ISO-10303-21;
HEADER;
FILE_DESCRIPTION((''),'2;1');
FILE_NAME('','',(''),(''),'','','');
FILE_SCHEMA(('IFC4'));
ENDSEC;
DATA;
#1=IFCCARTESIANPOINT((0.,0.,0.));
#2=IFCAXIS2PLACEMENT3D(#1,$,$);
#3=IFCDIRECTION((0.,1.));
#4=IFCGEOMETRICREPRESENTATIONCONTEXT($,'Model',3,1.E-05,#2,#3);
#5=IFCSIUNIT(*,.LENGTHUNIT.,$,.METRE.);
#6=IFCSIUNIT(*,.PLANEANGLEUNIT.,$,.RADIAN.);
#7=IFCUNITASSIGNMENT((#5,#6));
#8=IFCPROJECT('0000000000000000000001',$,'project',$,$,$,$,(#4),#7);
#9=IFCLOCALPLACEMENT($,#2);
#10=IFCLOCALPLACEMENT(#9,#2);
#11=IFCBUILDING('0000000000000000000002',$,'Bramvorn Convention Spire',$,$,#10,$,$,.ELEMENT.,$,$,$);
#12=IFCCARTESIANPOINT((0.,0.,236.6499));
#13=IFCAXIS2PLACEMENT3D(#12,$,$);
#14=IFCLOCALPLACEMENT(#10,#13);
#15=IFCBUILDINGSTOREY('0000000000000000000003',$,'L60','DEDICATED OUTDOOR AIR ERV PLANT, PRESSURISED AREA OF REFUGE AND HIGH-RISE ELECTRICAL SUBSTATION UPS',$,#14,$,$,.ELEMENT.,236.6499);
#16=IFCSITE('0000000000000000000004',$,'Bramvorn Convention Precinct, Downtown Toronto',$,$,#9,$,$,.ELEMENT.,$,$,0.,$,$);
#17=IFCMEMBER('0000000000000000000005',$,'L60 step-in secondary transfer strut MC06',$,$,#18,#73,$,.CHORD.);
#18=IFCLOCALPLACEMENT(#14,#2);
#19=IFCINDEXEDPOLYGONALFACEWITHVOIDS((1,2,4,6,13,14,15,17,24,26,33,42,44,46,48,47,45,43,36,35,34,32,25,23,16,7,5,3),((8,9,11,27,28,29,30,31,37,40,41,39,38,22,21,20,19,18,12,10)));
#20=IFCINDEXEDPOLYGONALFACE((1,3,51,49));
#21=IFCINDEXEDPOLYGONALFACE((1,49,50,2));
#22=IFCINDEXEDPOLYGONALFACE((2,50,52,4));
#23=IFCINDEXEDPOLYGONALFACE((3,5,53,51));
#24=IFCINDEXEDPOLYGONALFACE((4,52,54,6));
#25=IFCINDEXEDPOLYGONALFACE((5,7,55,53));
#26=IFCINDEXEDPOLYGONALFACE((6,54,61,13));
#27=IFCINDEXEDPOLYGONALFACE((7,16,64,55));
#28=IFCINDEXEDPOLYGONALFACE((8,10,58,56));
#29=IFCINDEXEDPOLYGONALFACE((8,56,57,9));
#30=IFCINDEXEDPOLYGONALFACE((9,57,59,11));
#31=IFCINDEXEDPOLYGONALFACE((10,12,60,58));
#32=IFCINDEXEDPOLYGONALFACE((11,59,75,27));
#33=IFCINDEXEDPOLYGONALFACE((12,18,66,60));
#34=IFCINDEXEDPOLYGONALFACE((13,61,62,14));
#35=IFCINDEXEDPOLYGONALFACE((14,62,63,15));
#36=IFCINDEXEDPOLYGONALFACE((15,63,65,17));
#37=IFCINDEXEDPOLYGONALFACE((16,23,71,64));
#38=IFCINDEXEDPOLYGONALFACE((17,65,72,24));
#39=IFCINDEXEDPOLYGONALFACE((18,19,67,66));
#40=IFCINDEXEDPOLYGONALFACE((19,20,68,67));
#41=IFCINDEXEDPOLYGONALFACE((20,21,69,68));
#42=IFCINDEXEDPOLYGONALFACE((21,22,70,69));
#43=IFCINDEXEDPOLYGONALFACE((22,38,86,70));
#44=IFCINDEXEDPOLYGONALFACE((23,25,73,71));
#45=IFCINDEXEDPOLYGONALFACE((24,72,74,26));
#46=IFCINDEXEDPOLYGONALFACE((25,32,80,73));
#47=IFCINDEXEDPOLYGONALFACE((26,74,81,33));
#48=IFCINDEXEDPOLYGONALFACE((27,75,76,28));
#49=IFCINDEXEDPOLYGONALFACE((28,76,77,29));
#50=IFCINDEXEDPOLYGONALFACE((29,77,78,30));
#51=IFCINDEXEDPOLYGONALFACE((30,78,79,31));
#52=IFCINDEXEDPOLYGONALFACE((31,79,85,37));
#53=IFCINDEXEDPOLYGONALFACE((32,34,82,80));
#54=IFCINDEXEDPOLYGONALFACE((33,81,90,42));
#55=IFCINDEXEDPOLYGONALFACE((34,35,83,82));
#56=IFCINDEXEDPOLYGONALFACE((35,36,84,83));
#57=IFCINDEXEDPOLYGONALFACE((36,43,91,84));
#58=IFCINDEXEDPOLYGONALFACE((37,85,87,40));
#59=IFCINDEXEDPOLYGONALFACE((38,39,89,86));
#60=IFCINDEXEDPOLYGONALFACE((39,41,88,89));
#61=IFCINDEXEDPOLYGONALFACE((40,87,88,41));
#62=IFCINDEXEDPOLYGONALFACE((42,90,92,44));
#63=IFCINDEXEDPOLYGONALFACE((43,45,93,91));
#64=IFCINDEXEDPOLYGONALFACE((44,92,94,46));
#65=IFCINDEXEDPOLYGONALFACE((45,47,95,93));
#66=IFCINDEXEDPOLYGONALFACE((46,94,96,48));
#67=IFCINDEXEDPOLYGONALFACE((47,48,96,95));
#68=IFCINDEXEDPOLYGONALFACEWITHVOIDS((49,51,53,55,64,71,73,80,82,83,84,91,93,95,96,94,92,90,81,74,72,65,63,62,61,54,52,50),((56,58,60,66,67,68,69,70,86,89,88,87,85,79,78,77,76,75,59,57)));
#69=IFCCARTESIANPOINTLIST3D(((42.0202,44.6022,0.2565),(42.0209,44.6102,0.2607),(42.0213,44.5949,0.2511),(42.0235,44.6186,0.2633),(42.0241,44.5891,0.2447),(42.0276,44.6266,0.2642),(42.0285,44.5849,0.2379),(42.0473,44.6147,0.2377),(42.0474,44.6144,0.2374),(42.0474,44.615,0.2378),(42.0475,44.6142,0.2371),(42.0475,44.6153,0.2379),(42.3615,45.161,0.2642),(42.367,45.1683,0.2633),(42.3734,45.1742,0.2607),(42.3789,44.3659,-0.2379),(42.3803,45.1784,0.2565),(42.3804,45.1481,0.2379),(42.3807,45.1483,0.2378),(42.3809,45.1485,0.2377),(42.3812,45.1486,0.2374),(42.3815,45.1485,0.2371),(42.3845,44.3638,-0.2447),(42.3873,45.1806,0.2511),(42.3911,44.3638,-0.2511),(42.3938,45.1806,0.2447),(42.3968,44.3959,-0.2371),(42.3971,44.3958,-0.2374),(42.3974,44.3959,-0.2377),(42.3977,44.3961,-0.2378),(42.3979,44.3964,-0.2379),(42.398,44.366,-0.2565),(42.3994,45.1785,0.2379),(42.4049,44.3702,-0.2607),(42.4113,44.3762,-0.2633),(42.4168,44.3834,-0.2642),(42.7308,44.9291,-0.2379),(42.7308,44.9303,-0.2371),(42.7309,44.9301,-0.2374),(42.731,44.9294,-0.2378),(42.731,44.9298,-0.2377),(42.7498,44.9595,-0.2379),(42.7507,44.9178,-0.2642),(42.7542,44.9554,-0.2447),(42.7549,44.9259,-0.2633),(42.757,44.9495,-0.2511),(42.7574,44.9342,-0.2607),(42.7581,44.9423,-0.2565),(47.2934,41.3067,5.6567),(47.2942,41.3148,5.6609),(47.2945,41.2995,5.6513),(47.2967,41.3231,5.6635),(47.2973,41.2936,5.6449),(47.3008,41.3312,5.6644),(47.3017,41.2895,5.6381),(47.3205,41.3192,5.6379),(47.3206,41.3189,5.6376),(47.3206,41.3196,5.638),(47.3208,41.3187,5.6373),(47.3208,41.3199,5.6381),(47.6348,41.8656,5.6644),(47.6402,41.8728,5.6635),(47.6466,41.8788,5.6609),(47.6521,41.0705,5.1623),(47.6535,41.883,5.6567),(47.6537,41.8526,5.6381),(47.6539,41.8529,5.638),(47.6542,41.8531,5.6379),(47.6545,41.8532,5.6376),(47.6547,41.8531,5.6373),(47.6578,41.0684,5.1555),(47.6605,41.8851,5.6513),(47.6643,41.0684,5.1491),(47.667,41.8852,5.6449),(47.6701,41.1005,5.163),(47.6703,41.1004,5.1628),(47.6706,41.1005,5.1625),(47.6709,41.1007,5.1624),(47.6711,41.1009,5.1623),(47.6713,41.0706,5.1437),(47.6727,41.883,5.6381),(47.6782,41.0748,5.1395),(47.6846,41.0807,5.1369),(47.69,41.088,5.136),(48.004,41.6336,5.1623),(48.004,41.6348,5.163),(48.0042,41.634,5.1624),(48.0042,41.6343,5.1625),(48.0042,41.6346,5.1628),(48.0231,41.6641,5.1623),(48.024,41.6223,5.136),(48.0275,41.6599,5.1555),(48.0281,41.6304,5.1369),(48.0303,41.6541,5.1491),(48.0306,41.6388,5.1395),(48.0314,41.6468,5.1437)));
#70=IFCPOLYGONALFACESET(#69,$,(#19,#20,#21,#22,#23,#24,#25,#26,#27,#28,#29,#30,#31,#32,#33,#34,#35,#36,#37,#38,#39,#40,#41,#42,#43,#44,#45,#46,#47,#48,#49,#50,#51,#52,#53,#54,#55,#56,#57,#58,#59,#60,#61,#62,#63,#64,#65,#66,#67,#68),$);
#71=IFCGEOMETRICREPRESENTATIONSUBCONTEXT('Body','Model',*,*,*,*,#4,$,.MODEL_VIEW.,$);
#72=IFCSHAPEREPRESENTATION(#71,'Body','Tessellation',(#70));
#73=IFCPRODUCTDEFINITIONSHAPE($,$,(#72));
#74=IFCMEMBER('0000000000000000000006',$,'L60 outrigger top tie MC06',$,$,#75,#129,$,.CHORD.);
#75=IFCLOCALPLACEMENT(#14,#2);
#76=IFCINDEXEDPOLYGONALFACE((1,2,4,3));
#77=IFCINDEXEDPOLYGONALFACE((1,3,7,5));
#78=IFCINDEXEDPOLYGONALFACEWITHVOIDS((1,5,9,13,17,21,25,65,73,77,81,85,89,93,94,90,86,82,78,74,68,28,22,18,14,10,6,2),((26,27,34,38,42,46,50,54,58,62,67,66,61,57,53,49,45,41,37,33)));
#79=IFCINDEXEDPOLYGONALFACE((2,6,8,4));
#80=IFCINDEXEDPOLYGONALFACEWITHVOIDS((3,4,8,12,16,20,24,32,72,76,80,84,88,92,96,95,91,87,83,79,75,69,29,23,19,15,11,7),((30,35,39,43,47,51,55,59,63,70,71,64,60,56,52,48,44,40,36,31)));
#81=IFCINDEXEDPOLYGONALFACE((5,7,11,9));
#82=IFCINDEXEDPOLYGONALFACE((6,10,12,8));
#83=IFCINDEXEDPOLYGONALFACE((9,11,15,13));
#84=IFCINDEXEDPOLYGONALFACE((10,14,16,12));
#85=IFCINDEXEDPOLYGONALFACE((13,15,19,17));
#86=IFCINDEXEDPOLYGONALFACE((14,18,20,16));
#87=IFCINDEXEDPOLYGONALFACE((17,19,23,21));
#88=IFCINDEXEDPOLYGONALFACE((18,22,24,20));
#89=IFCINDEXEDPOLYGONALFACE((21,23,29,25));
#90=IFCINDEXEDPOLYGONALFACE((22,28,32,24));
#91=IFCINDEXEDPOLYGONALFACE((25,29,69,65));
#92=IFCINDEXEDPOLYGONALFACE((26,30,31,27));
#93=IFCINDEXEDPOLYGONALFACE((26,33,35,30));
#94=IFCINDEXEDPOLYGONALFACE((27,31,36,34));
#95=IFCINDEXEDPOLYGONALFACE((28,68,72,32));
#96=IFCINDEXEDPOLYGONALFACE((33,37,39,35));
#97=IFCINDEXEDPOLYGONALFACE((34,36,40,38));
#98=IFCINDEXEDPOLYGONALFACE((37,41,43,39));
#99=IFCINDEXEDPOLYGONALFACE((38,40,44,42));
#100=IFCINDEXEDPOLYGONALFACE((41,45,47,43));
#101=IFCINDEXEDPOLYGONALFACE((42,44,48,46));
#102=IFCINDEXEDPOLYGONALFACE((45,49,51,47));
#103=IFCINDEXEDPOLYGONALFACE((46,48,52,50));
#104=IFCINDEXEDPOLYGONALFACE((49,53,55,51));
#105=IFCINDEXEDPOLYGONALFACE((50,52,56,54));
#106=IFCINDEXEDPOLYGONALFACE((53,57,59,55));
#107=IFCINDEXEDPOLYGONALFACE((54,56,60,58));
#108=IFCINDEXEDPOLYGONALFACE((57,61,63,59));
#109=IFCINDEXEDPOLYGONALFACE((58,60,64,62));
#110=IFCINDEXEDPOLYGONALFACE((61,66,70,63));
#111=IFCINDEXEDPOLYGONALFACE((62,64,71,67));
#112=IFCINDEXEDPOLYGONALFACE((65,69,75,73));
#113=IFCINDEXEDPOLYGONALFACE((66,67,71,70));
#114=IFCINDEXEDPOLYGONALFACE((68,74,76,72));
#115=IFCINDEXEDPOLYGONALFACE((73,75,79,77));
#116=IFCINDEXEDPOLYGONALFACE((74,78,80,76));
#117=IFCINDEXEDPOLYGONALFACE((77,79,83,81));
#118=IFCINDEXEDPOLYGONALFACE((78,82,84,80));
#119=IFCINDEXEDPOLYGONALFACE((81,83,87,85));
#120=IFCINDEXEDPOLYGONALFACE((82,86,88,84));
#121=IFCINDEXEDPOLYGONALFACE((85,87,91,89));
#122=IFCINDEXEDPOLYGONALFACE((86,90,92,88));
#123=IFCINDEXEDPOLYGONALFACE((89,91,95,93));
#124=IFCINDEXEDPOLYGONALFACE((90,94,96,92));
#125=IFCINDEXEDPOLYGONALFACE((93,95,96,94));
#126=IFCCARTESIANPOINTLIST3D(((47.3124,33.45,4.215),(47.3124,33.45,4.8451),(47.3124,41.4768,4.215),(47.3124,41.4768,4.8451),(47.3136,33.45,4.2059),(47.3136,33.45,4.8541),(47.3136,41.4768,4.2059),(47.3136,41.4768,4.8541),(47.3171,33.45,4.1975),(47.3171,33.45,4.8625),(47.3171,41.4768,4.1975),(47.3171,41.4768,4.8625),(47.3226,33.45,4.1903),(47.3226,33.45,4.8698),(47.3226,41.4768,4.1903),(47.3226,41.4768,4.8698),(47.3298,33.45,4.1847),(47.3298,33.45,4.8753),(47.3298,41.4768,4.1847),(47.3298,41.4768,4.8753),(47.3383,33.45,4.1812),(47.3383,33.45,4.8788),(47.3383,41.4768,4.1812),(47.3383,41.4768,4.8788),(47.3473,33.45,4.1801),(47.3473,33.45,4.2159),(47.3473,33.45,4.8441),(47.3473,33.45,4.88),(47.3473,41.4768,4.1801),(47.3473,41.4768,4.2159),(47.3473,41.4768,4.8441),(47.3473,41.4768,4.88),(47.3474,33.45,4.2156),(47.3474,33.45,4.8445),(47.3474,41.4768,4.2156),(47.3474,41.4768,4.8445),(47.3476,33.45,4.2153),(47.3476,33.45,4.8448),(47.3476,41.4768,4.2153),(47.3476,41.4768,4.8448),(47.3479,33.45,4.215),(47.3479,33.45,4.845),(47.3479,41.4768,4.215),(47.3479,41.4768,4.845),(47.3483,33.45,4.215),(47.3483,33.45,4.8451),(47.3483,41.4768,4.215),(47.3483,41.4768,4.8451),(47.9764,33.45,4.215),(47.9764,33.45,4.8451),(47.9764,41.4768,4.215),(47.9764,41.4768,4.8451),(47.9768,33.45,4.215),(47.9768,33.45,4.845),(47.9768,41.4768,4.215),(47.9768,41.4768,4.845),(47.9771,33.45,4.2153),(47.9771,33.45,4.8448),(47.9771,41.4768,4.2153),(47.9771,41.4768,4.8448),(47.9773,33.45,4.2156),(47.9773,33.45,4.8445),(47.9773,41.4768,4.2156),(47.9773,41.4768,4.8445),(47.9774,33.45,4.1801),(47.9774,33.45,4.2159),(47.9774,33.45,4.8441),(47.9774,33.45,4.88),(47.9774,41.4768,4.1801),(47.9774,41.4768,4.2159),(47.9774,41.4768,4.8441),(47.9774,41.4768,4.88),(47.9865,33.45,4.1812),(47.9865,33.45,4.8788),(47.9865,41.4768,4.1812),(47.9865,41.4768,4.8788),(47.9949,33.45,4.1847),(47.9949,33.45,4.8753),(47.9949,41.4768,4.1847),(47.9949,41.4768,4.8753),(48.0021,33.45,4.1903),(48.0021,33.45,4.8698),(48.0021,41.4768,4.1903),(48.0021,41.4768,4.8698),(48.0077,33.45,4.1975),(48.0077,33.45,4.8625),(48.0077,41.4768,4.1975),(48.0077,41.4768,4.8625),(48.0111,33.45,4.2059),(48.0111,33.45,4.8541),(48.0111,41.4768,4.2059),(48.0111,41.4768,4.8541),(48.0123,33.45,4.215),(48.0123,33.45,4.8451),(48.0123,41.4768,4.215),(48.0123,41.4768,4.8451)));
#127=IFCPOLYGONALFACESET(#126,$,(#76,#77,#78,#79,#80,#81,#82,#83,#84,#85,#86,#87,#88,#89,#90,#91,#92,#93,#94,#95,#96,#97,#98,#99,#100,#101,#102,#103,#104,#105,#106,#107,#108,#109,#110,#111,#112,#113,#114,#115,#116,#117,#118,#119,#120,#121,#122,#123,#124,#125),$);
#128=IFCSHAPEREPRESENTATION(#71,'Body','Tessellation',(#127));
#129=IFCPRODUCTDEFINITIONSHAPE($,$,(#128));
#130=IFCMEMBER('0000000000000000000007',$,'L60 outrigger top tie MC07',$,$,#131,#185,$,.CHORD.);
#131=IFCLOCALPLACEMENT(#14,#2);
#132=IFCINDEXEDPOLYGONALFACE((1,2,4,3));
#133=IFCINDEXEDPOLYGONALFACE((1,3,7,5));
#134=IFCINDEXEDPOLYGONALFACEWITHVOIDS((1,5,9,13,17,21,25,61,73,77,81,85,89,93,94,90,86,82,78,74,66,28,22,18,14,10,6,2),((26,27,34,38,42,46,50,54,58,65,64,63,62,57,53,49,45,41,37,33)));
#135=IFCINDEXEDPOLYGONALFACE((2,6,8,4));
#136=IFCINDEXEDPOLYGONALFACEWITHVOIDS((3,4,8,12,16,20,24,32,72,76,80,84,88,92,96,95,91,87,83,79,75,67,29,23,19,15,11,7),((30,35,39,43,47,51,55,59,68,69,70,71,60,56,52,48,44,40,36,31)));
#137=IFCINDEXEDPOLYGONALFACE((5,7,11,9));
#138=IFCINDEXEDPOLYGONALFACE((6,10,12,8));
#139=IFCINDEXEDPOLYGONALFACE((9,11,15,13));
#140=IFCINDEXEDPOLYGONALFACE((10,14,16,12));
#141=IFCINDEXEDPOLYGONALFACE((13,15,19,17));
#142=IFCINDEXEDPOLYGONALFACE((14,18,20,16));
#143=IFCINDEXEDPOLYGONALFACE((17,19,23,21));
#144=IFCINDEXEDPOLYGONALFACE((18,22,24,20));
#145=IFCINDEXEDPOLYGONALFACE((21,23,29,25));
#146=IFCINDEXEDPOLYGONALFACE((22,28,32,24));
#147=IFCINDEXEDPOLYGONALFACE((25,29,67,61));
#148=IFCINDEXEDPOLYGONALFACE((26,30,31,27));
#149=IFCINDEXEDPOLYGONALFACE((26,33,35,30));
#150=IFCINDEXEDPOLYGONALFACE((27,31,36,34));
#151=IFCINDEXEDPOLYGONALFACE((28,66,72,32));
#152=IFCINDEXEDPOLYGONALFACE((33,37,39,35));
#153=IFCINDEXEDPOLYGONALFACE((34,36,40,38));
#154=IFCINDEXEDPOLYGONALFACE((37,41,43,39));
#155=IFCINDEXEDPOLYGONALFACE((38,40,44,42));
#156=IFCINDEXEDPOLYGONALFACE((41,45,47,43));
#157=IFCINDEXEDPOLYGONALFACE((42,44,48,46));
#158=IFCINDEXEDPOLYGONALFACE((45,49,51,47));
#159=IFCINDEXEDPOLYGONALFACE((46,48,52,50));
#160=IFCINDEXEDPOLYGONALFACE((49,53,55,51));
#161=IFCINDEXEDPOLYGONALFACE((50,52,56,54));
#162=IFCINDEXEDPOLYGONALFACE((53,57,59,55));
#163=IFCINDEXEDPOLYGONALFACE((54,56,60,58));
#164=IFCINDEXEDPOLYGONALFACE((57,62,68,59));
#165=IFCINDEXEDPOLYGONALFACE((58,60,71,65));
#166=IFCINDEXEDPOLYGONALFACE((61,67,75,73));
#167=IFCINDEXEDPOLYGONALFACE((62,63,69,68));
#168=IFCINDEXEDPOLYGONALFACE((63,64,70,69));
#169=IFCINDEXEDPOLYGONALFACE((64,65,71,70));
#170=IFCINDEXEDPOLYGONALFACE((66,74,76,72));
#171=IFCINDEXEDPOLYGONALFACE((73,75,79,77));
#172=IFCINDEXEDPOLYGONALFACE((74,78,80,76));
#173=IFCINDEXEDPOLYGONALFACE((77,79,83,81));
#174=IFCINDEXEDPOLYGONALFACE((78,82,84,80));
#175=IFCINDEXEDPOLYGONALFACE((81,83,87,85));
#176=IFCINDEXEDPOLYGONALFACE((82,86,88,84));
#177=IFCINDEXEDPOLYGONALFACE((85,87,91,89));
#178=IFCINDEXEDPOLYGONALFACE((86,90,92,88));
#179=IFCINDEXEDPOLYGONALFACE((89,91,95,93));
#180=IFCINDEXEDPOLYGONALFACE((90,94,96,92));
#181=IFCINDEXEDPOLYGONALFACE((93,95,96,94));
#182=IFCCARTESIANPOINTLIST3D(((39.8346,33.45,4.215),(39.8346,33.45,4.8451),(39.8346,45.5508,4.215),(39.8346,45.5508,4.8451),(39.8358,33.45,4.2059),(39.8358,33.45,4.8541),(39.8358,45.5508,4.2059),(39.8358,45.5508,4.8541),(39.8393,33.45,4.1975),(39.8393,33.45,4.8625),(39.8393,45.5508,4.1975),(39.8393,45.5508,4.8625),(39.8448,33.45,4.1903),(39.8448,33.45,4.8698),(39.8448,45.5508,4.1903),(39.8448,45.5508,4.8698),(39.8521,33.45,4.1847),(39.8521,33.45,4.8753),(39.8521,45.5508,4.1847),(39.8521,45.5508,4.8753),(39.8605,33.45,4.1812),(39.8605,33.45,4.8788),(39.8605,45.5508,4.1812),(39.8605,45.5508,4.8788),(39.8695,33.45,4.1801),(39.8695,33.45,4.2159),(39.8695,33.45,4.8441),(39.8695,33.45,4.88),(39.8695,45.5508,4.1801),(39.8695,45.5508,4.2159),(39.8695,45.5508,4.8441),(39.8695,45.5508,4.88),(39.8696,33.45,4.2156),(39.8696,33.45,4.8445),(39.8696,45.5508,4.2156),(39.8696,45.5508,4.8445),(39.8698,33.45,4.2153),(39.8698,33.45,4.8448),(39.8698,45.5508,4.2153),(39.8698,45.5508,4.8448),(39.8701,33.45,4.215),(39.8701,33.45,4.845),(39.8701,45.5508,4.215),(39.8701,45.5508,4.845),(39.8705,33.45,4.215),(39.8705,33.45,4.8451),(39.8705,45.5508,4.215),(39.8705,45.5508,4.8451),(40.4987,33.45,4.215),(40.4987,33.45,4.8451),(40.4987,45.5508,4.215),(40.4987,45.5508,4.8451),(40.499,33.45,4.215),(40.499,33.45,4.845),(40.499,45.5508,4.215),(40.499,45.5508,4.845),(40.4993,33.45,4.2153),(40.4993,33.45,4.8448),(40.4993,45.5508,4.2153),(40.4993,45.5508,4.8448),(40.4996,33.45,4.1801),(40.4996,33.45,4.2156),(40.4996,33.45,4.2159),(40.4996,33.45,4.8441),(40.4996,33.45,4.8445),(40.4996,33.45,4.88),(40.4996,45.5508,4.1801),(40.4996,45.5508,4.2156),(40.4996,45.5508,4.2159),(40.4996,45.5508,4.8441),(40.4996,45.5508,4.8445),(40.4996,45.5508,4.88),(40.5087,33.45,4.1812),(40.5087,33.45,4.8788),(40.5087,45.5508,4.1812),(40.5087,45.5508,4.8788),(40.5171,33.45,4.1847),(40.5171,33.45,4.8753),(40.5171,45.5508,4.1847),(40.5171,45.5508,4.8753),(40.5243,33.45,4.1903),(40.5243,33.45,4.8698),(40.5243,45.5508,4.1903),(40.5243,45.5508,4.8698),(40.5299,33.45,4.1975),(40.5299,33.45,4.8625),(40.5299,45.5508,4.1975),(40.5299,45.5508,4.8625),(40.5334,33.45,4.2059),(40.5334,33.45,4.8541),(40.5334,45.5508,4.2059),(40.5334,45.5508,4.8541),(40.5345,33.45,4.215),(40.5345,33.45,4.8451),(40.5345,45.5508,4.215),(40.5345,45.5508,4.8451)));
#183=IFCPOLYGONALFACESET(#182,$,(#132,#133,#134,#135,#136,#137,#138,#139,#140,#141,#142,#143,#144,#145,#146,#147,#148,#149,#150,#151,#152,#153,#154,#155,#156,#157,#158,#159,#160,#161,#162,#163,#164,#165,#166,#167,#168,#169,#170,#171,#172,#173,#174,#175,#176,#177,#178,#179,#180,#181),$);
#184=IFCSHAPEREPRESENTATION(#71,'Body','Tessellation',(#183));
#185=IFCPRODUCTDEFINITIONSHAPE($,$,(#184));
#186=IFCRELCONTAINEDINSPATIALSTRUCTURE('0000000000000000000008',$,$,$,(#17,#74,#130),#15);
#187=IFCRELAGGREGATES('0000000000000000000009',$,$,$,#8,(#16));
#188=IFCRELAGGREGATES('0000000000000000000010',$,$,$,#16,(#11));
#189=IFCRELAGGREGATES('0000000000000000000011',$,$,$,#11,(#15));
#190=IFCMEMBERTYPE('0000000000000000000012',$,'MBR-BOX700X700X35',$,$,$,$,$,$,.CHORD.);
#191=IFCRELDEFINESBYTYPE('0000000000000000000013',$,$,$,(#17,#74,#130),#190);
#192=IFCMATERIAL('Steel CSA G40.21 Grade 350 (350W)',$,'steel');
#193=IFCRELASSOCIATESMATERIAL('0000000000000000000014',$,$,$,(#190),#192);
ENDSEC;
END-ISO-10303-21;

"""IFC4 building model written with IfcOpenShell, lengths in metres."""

from ifc_helpers import new_model, si_unit, direction, frame, origin, origin_2d, place, context, subcontext, project, spatial, hollow_rectangle, extrude, material, material_profile, profile_set, type_object, element, save


model = new_model("IFC4")

# Units and contexts
model_context = context("Model", 3, precision=1e-05, world=origin(), true_north=direction((0.0, 1.0)))
body_context = subcontext(model_context, "Body", "Model", "MODEL_VIEW")
ifc_project = project(units=[si_unit("LENGTHUNIT", "METRE"), si_unit("PLANEANGLEUNIT", "RADIAN")], contexts=[model_context])

# Site, building, storey
site_placement = place(None, origin())
site = spatial("IfcSite", under=ifc_project, at=site_placement, Name="Bramvorn Convention Precinct, Downtown Toronto", CompositionType="ELEMENT", RefElevation=0.0)
building_placement = place(site_placement, origin())
building = spatial("IfcBuilding", under=site, at=building_placement, Name="Bramvorn Convention Spire", CompositionType="ELEMENT")
storey_placement = place(building_placement, frame((0.0, 0.0, 236.6499)))
storey = spatial("IfcBuildingStorey", under=building, at=storey_placement, Name="L60", Description="DEDICATED OUTDOOR AIR ERV PLANT, PRESSURISED AREA OF REFUGE AND HIGH-RISE ELECTRICAL SUBSTATION UPS", CompositionType="ELEMENT", Elevation=236.6499)

# Shared definitions
ifc_material_1 = material(Name="Steel CSA G40.21 Grade 350 (350W)", Category="steel")

# Members
ifc_material_profile_1 = material_profile(ifc_material_1, hollow_rectangle(XDim=0.7, YDim=0.7, WallThickness=0.0349, InnerFilletRadius=0.001, OuterFilletRadius=0.0349, at=origin_2d()))
ifc_profile_set_1 = profile_set([ifc_material_profile_1], Name="Steel CSA G40.21 Grade 350 (350W) - BOX700X700X35")
member_type_1 = type_object("IfcMemberType", Name="MBR-BOX700X700X35", PredefinedType="CHORD", material=ifc_profile_set_1)
member_1_placement = place(storey_placement, frame((42.3892, 44.7722, 0.0), z_axis=(0.640279, -0.400134, 0.655694), x_axis=(0.52996, 0.848023, 0.0)))
element("IfcMember", 1, at=member_1_placement, inside=storey, type_object=member_type_1, Name="L60 step-in secondary transfer strut MC06", PredefinedType="CHORD", context=body_context, shape_type="SweptSolid", body=[
    extrude(hollow_rectangle(XDim=0.7, YDim=0.7, WallThickness=0.0349, InnerFilletRadius=0.001, OuterFilletRadius=0.0349, at=origin_2d()), origin(), (0.0, 0.0, 1.0), 8.2358),
])
member_2_placement = place(storey_placement, frame((47.6624, 33.45, 4.53), z_axis=(0.0, 1.0, 0.0), x_axis=(-1.0, 0.0, 0.0)))
element("IfcMember", 2, at=member_2_placement, inside=storey, type_object=member_type_1, Name="L60 outrigger top tie MC06", PredefinedType="CHORD", context=body_context, shape_type="SweptSolid", body=[
    extrude(hollow_rectangle(XDim=0.7, YDim=0.7, WallThickness=0.0349, InnerFilletRadius=0.001, OuterFilletRadius=0.0349, at=origin_2d()), origin(), (0.0, 0.0, 1.0), 8.0269),
])
member_3_placement = place(storey_placement, frame((40.1846, 33.45, 4.53), z_axis=(0.0, 1.0, 0.0), x_axis=(-1.0, 0.0, 0.0)))
element("IfcMember", 3, at=member_3_placement, inside=storey, type_object=member_type_1, Name="L60 outrigger top tie MC07", PredefinedType="CHORD", context=body_context, shape_type="SweptSolid", body=[
    extrude(hollow_rectangle(XDim=0.7, YDim=0.7, WallThickness=0.0349, InnerFilletRadius=0.001, OuterFilletRadius=0.0349, at=origin_2d()), origin(), (0.0, 0.0, 1.0), 12.1008),
])

save(model, "model.ifc")
